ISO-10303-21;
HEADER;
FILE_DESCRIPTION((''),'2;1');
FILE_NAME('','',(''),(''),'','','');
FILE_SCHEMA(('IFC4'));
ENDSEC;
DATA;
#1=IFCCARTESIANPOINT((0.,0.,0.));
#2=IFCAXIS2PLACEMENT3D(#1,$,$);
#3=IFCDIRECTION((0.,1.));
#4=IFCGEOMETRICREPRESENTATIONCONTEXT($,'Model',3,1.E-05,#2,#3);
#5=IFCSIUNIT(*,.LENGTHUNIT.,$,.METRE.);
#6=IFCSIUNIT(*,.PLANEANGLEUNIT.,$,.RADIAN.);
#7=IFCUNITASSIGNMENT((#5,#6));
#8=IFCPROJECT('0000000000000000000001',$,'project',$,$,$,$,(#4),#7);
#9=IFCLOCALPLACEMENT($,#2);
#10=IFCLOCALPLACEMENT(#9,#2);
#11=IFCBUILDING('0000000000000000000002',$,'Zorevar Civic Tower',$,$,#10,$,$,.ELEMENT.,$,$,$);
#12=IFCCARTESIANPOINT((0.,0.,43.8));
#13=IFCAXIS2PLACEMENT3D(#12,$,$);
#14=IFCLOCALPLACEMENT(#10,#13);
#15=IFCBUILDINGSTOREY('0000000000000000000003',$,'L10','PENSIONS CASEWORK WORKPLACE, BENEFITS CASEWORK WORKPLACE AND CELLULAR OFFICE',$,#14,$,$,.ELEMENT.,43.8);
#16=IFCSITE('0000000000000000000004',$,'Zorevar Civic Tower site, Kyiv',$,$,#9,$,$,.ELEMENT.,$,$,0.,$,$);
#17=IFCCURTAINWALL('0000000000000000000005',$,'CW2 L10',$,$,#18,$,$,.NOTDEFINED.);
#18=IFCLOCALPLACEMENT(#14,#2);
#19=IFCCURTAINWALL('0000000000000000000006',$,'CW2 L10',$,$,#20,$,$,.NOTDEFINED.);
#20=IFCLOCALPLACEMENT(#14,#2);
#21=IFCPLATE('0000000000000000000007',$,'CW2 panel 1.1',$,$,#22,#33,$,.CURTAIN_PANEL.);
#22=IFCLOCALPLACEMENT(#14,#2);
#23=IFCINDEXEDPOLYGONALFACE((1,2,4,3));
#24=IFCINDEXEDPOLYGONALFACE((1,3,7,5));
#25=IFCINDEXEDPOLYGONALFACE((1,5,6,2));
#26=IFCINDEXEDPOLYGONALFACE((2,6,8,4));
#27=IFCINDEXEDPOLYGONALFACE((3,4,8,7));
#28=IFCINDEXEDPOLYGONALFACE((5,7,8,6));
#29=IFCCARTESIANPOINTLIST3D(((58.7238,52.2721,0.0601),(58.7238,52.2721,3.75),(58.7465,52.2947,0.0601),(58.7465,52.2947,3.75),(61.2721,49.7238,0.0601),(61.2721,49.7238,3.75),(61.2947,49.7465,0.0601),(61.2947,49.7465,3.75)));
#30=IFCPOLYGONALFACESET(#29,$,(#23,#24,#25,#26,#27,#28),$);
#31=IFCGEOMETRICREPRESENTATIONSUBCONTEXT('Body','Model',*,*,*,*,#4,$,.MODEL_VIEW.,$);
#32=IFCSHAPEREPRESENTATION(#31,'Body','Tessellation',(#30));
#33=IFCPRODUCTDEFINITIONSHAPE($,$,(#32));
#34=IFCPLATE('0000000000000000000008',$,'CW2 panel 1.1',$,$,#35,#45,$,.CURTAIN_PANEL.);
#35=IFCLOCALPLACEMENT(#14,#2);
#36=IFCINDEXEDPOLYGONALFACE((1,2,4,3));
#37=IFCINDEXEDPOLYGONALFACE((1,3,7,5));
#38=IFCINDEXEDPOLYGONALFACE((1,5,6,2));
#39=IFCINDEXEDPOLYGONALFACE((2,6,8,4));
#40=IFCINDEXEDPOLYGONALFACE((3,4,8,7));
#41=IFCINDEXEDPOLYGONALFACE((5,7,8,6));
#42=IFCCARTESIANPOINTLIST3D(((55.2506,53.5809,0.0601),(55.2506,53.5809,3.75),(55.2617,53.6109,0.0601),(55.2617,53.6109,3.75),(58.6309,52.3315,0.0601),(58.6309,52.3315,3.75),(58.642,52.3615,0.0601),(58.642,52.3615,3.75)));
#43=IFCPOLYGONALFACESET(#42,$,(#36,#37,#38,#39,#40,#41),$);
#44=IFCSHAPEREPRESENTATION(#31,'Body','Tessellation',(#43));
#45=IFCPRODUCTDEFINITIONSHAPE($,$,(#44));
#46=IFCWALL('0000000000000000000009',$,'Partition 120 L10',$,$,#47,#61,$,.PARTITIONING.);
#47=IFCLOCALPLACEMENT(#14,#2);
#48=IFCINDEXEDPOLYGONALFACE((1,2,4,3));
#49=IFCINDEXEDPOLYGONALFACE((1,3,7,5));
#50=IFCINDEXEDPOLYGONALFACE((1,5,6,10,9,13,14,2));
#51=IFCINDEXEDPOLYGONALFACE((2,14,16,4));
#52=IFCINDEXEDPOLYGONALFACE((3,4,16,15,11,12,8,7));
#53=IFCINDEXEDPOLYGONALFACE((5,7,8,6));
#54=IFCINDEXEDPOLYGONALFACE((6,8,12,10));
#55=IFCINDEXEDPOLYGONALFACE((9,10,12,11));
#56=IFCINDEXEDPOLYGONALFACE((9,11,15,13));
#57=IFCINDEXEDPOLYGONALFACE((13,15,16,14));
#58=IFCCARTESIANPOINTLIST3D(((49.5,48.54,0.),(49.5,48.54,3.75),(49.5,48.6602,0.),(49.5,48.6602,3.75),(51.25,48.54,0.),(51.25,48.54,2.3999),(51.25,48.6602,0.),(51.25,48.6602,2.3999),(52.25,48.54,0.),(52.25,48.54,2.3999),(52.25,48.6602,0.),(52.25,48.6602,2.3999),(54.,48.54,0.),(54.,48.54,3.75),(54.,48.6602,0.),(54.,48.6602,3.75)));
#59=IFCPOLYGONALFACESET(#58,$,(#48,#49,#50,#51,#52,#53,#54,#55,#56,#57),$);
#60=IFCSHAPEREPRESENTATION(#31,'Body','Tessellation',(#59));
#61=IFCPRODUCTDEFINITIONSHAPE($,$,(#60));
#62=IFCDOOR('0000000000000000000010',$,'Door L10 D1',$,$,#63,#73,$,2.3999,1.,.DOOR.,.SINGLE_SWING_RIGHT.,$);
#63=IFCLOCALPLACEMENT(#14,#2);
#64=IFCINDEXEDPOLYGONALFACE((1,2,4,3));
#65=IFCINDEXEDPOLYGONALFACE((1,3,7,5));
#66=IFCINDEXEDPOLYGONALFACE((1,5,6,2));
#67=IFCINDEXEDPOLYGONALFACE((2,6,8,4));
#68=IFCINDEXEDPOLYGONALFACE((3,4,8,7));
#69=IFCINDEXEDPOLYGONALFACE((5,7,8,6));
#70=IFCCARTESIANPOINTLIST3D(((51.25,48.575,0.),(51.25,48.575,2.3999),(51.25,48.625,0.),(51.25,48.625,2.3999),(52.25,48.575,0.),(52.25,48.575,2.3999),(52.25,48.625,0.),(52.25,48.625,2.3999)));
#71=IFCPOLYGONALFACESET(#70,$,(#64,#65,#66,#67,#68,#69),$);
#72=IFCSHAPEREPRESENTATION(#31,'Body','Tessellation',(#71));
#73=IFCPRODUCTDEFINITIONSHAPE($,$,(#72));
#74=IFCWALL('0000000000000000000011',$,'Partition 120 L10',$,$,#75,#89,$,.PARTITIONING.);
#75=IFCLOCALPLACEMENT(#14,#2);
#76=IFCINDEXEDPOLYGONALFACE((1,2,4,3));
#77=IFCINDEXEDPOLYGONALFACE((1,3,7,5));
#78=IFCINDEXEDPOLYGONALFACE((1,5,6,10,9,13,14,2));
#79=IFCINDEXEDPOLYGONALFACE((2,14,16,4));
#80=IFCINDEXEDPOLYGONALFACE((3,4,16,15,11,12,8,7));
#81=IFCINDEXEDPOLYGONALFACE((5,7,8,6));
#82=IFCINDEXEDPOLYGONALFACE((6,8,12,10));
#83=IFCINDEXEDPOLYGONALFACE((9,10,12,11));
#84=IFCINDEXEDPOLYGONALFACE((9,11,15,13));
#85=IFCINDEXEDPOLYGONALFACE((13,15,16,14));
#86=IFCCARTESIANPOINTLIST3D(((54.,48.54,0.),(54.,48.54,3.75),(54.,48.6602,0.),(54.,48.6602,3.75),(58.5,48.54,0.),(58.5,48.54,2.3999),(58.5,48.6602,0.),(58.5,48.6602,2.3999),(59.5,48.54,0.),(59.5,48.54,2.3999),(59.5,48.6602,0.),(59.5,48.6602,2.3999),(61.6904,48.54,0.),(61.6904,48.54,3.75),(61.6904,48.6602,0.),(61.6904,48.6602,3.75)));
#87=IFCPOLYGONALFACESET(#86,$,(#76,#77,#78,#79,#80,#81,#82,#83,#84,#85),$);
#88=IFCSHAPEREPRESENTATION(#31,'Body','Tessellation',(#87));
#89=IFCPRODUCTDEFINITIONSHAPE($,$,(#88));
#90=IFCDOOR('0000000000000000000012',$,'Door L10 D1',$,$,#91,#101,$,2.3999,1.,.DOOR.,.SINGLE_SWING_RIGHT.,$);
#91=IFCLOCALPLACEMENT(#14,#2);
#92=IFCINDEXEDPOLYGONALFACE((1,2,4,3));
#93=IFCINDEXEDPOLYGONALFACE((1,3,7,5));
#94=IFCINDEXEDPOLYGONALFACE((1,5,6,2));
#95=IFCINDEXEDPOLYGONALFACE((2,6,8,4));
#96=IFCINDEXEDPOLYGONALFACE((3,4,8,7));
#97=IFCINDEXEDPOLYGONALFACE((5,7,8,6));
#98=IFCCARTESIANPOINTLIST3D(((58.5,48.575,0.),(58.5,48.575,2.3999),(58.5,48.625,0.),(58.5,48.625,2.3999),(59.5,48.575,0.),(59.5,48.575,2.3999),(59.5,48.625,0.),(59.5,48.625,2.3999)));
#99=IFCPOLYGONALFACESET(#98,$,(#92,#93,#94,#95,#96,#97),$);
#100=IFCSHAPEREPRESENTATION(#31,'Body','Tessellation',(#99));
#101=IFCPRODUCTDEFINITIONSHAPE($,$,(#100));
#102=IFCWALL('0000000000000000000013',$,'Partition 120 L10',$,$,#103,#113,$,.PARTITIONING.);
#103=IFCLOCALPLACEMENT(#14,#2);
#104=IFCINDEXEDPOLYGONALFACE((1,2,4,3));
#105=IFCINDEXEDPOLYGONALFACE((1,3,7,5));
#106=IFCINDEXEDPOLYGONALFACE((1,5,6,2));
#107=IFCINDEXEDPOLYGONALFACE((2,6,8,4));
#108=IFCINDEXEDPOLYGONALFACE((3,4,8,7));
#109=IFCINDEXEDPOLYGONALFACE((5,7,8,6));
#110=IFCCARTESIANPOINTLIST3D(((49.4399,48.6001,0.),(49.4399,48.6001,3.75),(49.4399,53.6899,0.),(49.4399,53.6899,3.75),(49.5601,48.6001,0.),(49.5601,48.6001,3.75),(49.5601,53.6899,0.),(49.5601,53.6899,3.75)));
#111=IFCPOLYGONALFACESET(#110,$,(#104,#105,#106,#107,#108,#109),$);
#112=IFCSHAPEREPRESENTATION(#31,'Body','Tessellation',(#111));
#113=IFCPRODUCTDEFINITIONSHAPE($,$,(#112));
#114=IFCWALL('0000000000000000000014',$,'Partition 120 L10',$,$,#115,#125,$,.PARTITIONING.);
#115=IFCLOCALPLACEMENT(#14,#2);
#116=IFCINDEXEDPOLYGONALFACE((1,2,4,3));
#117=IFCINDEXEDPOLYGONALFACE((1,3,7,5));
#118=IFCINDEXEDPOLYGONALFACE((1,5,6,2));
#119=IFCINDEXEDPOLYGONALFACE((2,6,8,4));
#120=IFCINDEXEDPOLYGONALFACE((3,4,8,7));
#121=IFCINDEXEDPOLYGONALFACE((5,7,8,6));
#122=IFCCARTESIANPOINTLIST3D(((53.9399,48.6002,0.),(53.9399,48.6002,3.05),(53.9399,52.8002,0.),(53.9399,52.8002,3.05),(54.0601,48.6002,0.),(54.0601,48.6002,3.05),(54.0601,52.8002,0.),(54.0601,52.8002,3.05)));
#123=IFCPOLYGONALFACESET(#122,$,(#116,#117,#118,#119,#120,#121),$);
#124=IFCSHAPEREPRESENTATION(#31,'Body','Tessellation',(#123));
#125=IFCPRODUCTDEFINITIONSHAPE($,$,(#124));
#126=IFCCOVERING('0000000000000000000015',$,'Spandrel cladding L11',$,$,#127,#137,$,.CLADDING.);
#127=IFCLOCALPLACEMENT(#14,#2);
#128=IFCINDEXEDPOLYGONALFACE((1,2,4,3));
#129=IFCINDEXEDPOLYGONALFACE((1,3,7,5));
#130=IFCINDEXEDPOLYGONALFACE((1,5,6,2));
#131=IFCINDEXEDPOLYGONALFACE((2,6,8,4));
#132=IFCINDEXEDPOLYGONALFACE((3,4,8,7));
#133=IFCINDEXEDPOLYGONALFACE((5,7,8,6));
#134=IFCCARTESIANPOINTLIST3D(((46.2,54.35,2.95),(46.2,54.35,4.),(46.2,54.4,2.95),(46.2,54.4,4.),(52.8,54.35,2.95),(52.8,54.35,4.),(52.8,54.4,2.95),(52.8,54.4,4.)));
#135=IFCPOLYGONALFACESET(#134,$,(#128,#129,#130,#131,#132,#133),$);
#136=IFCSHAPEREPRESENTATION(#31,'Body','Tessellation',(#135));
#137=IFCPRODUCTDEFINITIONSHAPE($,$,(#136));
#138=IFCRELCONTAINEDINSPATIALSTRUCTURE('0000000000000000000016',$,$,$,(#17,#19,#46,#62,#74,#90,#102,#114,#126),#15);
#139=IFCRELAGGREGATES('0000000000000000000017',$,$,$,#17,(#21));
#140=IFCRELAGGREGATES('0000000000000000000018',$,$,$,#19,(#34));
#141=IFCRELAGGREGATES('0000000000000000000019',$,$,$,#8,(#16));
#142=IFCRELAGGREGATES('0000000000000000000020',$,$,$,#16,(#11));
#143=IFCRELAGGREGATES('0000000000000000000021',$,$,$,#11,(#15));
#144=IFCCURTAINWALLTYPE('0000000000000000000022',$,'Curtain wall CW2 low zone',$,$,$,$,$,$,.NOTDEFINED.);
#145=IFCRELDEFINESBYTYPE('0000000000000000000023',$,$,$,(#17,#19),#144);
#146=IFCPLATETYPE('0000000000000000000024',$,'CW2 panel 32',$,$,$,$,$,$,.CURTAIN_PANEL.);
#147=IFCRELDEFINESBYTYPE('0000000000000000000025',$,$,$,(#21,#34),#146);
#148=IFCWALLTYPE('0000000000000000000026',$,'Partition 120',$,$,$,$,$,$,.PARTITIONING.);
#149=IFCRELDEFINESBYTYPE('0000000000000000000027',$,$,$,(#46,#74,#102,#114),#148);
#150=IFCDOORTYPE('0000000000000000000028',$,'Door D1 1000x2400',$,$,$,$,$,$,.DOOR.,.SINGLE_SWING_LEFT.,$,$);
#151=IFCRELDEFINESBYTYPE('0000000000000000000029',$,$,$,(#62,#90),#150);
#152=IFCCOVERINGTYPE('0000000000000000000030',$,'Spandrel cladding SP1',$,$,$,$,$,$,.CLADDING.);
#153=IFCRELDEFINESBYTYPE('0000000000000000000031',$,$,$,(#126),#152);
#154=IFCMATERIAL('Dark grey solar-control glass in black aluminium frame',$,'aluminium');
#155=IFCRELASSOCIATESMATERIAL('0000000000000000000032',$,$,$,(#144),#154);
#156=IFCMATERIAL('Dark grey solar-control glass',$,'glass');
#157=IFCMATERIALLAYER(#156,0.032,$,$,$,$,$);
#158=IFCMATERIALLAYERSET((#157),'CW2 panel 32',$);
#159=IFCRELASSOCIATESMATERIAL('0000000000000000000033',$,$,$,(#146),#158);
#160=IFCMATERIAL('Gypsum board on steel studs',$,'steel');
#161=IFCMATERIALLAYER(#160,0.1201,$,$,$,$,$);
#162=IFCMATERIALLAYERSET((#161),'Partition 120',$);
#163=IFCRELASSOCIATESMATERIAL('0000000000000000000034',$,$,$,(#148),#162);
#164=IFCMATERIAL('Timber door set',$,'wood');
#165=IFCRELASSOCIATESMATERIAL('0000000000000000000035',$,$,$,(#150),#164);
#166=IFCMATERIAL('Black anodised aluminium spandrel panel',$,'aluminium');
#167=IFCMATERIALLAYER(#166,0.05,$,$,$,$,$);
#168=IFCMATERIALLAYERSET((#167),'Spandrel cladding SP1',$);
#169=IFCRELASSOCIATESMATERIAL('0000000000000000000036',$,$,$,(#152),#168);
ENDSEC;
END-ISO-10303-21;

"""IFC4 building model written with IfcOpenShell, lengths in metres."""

from ifc_helpers import new_model, si_unit, direction, frame, frame_2d, origin, origin_2d, place, context, subcontext, project, spatial, rectangle, extrude, material, layer, layer_set, type_object, element, fill, aggregate, save


model = new_model("IFC4")

# Units and contexts
model_context = context("Model", 3, precision=1e-05, world=origin(), true_north=direction((0.0, 1.0)))
body_context = subcontext(model_context, "Body", "Model", "MODEL_VIEW")
ifc_project = project(units=[si_unit("LENGTHUNIT", "METRE"), si_unit("PLANEANGLEUNIT", "RADIAN")], contexts=[model_context])

# Site, building, storey
site_placement = place(None, origin())
site = spatial("IfcSite", under=ifc_project, at=site_placement, Name="Zorevar Civic Tower site, Kyiv", CompositionType="ELEMENT", RefElevation=0.0)
building_placement = place(site_placement, origin())
building = spatial("IfcBuilding", under=site, at=building_placement, Name="Zorevar Civic Tower", CompositionType="ELEMENT")
storey_placement = place(building_placement, frame((0.0, 0.0, 43.8)))
storey = spatial("IfcBuildingStorey", under=building, at=storey_placement, Name="L10", Description="PENSIONS CASEWORK WORKPLACE, BENEFITS CASEWORK WORKPLACE AND CELLULAR OFFICE", CompositionType="ELEMENT", Elevation=43.8)

# Curtain walls
ifc_material_1 = material(Name="Dark grey solar-control glass in black aluminium frame", Category="aluminium")
curtain_wall_type = type_object("IfcCurtainWallType", Name="Curtain wall CW2 low zone", PredefinedType="NOTDEFINED", material=ifc_material_1)
curtain_wall_1_placement = place(storey_placement, origin())
curtain_wall_1 = element("IfcCurtainWall", 1, at=curtain_wall_1_placement, inside=storey, type_object=curtain_wall_type, Name="CW2 L10", PredefinedType="NOTDEFINED")
curtain_wall_2_placement = place(storey_placement, origin())
curtain_wall_2 = element("IfcCurtainWall", 2, at=curtain_wall_2_placement, inside=storey, type_object=curtain_wall_type, Name="CW2 L10", PredefinedType="NOTDEFINED")

# Plates
ifc_material_2 = material(Name="Dark grey solar-control glass", Category="glass")
ifc_layer_1 = layer(ifc_material_2, 0.032)
ifc_layer_set_1 = layer_set([ifc_layer_1], Name="CW2 panel 32")
plate_type = type_object("IfcPlateType", Name="CW2 panel 32", PredefinedType="CURTAIN_PANEL", material=ifc_layer_set_1)
plate_1_placement = place(storey_placement, frame((60.0093, 51.0093, 0.0601), z_axis=(0.0, 0.0, 1.0), x_axis=(-0.707107, 0.707107, 0.0)))
plate_1 = element("IfcPlate", 3, at=plate_1_placement, type_object=plate_type, Name="CW2 panel 1.1", PredefinedType="CURTAIN_PANEL", context=body_context, shape_type="SweptSolid", body=[
    extrude(rectangle(XDim=3.6038, YDim=0.032, at=origin_2d()), origin(), (0.0, 0.0, 1.0), 3.6899),
])
aggregate(curtain_wall_1, [plate_1])
plate_2_placement = place(storey_placement, frame((56.9463, 52.9712, 0.0601), z_axis=(0.0, 0.0, 1.0), x_axis=(-0.937975, 0.346704, 0.0)))
plate_2 = element("IfcPlate", 4, at=plate_2_placement, type_object=plate_type, Name="CW2 panel 1.1", PredefinedType="CURTAIN_PANEL", context=body_context, shape_type="SweptSolid", body=[
    extrude(rectangle(XDim=3.6038, YDim=0.032, at=origin_2d()), origin(), (0.0, 0.0, 1.0), 3.6899),
])
aggregate(curtain_wall_2, [plate_2])

# Walls, openings, doors
ifc_material_3 = material(Name="Gypsum board on steel studs", Category="steel")
ifc_layer_2 = layer(ifc_material_3, 0.1201)
ifc_layer_set_2 = layer_set([ifc_layer_2], Name="Partition 120")
wall_type = type_object("IfcWallType", Name="Partition 120", PredefinedType="PARTITIONING", material=ifc_layer_set_2)
wall_1_placement = place(storey_placement, frame((49.5, 48.6001, 0.0), z_axis=(0.0, 0.0, 1.0), x_axis=(1.0, 0.0, 0.0)))
wall_1 = element("IfcWall", 5, at=wall_1_placement, inside=storey, type_object=wall_type, Name="Partition 120 L10", PredefinedType="PARTITIONING", context=body_context, shape_type="SweptSolid", body=[
    extrude(rectangle(XDim=4.5, YDim=0.1201, at=frame_2d((2.25, 0.0))), origin(), (0.0, 0.0, 1.0), 3.75),
])
opening_1_placement = place(wall_1_placement, frame((1.75, 0.0, 0.0)))
opening_1 = element("IfcOpeningElement", 6, at=opening_1_placement, cuts=wall_1, PredefinedType="OPENING", context=body_context, shape_type="SweptSolid", body=[
    extrude(rectangle(XDim=1.0, YDim=2.3999, at=frame_2d((0.5, 1.2))), frame((0.0, 0.0701, 0.0), z_axis=(0.0, -1.0, 0.0), x_axis=(1.0, 0.0, 0.0)), (0.0, 0.0, 1.0), 0.1401),
])
ifc_material_4 = material(Name="Timber door set", Category="wood")
door_type = type_object("IfcDoorType", Name="Door D1 1000x2400", OperationType="SINGLE_SWING_LEFT", PredefinedType="DOOR", material=ifc_material_4)
door_1_placement = place(opening_1_placement, origin())
door_1 = element("IfcDoor", 7, at=door_1_placement, inside=storey, type_object=door_type, Name="Door L10 D1", OperationType="SINGLE_SWING_RIGHT", OverallHeight=2.3999, OverallWidth=1.0, PredefinedType="DOOR", context=body_context, shape_type="SweptSolid", body=[
    extrude(rectangle(XDim=1.0, YDim=2.3999, at=frame_2d((0.5, 1.2))), frame((0.0, 0.0249, 0.0), z_axis=(0.0, -1.0, 0.0), x_axis=(1.0, 0.0, 0.0)), (0.0, 0.0, 1.0), 0.05),
])
fill(opening_1, door_1)
wall_2_placement = place(storey_placement, frame((54.0, 48.6001, 0.0), z_axis=(0.0, 0.0, 1.0), x_axis=(1.0, 0.0, 0.0)))
wall_2 = element("IfcWall", 8, at=wall_2_placement, inside=storey, type_object=wall_type, Name="Partition 120 L10", PredefinedType="PARTITIONING", context=body_context, shape_type="SweptSolid", body=[
    extrude(rectangle(XDim=7.6904, YDim=0.1201, at=frame_2d((3.8452, 0.0))), origin(), (0.0, 0.0, 1.0), 3.75),
])
opening_2_placement = place(wall_2_placement, frame((4.5, 0.0, 0.0)))
opening_2 = element("IfcOpeningElement", 9, at=opening_2_placement, cuts=wall_2, PredefinedType="OPENING", context=body_context, shape_type="SweptSolid", body=[
    extrude(rectangle(XDim=1.0, YDim=2.3999, at=frame_2d((0.5, 1.2))), frame((0.0, 0.0701, 0.0), z_axis=(0.0, -1.0, 0.0), x_axis=(1.0, 0.0, 0.0)), (0.0, 0.0, 1.0), 0.1401),
])
door_2_placement = place(opening_2_placement, origin())
door_2 = element("IfcDoor", 10, at=door_2_placement, inside=storey, type_object=door_type, Name="Door L10 D1", OperationType="SINGLE_SWING_RIGHT", OverallHeight=2.3999, OverallWidth=1.0, PredefinedType="DOOR", context=body_context, shape_type="SweptSolid", body=[
    extrude(rectangle(XDim=1.0, YDim=2.3999, at=frame_2d((0.5, 1.2))), frame((0.0, 0.0249, 0.0), z_axis=(0.0, -1.0, 0.0), x_axis=(1.0, 0.0, 0.0)), (0.0, 0.0, 1.0), 0.05),
])
fill(opening_2, door_2)

# Walls
wall_3_placement = place(storey_placement, frame((49.5, 48.6001, 0.0), z_axis=(0.0, 0.0, 1.0), x_axis=(0.0, 1.0, 0.0)))
element("IfcWall", 11, at=wall_3_placement, inside=storey, type_object=wall_type, Name="Partition 120 L10", PredefinedType="PARTITIONING", context=body_context, shape_type="SweptSolid", body=[
    extrude(rectangle(XDim=5.0898, YDim=0.1201, at=frame_2d((2.5449, 0.0))), origin(), (0.0, 0.0, 1.0), 3.75),
])
wall_4_placement = place(storey_placement, frame((54.0, 48.6001, 0.0), z_axis=(0.0, 0.0, 1.0), x_axis=(0.0, 1.0, 0.0)))
element("IfcWall", 12, at=wall_4_placement, inside=storey, type_object=wall_type, Name="Partition 120 L10", PredefinedType="PARTITIONING", context=body_context, shape_type="SweptSolid", body=[
    extrude(rectangle(XDim=4.2, YDim=0.1201, at=frame_2d((2.1001, 0.0))), origin(), (0.0, 0.0, 1.0), 3.05),
])

# Covering
ifc_material_5 = material(Name="Black anodised aluminium spandrel panel", Category="aluminium")
ifc_layer_3 = layer(ifc_material_5, 0.05)
ifc_layer_set_3 = layer_set([ifc_layer_3], Name="Spandrel cladding SP1")
covering_type = type_object("IfcCoveringType", Name="Spandrel cladding SP1", PredefinedType="CLADDING", material=ifc_layer_set_3)
covering_placement = place(storey_placement, frame((46.2, 54.375, 2.95), z_axis=(0.0, 0.0, 1.0), x_axis=(1.0, 0.0, 0.0)))
element("IfcCovering", 13, at=covering_placement, inside=storey, type_object=covering_type, Name="Spandrel cladding L11", PredefinedType="CLADDING", context=body_context, shape_type="SweptSolid", body=[
    extrude(rectangle(XDim=6.6001, YDim=0.05, at=frame_2d((3.3, 0.0))), origin(), (0.0, 0.0, 1.0), 1.05),
])

save(model, "model.ifc")
